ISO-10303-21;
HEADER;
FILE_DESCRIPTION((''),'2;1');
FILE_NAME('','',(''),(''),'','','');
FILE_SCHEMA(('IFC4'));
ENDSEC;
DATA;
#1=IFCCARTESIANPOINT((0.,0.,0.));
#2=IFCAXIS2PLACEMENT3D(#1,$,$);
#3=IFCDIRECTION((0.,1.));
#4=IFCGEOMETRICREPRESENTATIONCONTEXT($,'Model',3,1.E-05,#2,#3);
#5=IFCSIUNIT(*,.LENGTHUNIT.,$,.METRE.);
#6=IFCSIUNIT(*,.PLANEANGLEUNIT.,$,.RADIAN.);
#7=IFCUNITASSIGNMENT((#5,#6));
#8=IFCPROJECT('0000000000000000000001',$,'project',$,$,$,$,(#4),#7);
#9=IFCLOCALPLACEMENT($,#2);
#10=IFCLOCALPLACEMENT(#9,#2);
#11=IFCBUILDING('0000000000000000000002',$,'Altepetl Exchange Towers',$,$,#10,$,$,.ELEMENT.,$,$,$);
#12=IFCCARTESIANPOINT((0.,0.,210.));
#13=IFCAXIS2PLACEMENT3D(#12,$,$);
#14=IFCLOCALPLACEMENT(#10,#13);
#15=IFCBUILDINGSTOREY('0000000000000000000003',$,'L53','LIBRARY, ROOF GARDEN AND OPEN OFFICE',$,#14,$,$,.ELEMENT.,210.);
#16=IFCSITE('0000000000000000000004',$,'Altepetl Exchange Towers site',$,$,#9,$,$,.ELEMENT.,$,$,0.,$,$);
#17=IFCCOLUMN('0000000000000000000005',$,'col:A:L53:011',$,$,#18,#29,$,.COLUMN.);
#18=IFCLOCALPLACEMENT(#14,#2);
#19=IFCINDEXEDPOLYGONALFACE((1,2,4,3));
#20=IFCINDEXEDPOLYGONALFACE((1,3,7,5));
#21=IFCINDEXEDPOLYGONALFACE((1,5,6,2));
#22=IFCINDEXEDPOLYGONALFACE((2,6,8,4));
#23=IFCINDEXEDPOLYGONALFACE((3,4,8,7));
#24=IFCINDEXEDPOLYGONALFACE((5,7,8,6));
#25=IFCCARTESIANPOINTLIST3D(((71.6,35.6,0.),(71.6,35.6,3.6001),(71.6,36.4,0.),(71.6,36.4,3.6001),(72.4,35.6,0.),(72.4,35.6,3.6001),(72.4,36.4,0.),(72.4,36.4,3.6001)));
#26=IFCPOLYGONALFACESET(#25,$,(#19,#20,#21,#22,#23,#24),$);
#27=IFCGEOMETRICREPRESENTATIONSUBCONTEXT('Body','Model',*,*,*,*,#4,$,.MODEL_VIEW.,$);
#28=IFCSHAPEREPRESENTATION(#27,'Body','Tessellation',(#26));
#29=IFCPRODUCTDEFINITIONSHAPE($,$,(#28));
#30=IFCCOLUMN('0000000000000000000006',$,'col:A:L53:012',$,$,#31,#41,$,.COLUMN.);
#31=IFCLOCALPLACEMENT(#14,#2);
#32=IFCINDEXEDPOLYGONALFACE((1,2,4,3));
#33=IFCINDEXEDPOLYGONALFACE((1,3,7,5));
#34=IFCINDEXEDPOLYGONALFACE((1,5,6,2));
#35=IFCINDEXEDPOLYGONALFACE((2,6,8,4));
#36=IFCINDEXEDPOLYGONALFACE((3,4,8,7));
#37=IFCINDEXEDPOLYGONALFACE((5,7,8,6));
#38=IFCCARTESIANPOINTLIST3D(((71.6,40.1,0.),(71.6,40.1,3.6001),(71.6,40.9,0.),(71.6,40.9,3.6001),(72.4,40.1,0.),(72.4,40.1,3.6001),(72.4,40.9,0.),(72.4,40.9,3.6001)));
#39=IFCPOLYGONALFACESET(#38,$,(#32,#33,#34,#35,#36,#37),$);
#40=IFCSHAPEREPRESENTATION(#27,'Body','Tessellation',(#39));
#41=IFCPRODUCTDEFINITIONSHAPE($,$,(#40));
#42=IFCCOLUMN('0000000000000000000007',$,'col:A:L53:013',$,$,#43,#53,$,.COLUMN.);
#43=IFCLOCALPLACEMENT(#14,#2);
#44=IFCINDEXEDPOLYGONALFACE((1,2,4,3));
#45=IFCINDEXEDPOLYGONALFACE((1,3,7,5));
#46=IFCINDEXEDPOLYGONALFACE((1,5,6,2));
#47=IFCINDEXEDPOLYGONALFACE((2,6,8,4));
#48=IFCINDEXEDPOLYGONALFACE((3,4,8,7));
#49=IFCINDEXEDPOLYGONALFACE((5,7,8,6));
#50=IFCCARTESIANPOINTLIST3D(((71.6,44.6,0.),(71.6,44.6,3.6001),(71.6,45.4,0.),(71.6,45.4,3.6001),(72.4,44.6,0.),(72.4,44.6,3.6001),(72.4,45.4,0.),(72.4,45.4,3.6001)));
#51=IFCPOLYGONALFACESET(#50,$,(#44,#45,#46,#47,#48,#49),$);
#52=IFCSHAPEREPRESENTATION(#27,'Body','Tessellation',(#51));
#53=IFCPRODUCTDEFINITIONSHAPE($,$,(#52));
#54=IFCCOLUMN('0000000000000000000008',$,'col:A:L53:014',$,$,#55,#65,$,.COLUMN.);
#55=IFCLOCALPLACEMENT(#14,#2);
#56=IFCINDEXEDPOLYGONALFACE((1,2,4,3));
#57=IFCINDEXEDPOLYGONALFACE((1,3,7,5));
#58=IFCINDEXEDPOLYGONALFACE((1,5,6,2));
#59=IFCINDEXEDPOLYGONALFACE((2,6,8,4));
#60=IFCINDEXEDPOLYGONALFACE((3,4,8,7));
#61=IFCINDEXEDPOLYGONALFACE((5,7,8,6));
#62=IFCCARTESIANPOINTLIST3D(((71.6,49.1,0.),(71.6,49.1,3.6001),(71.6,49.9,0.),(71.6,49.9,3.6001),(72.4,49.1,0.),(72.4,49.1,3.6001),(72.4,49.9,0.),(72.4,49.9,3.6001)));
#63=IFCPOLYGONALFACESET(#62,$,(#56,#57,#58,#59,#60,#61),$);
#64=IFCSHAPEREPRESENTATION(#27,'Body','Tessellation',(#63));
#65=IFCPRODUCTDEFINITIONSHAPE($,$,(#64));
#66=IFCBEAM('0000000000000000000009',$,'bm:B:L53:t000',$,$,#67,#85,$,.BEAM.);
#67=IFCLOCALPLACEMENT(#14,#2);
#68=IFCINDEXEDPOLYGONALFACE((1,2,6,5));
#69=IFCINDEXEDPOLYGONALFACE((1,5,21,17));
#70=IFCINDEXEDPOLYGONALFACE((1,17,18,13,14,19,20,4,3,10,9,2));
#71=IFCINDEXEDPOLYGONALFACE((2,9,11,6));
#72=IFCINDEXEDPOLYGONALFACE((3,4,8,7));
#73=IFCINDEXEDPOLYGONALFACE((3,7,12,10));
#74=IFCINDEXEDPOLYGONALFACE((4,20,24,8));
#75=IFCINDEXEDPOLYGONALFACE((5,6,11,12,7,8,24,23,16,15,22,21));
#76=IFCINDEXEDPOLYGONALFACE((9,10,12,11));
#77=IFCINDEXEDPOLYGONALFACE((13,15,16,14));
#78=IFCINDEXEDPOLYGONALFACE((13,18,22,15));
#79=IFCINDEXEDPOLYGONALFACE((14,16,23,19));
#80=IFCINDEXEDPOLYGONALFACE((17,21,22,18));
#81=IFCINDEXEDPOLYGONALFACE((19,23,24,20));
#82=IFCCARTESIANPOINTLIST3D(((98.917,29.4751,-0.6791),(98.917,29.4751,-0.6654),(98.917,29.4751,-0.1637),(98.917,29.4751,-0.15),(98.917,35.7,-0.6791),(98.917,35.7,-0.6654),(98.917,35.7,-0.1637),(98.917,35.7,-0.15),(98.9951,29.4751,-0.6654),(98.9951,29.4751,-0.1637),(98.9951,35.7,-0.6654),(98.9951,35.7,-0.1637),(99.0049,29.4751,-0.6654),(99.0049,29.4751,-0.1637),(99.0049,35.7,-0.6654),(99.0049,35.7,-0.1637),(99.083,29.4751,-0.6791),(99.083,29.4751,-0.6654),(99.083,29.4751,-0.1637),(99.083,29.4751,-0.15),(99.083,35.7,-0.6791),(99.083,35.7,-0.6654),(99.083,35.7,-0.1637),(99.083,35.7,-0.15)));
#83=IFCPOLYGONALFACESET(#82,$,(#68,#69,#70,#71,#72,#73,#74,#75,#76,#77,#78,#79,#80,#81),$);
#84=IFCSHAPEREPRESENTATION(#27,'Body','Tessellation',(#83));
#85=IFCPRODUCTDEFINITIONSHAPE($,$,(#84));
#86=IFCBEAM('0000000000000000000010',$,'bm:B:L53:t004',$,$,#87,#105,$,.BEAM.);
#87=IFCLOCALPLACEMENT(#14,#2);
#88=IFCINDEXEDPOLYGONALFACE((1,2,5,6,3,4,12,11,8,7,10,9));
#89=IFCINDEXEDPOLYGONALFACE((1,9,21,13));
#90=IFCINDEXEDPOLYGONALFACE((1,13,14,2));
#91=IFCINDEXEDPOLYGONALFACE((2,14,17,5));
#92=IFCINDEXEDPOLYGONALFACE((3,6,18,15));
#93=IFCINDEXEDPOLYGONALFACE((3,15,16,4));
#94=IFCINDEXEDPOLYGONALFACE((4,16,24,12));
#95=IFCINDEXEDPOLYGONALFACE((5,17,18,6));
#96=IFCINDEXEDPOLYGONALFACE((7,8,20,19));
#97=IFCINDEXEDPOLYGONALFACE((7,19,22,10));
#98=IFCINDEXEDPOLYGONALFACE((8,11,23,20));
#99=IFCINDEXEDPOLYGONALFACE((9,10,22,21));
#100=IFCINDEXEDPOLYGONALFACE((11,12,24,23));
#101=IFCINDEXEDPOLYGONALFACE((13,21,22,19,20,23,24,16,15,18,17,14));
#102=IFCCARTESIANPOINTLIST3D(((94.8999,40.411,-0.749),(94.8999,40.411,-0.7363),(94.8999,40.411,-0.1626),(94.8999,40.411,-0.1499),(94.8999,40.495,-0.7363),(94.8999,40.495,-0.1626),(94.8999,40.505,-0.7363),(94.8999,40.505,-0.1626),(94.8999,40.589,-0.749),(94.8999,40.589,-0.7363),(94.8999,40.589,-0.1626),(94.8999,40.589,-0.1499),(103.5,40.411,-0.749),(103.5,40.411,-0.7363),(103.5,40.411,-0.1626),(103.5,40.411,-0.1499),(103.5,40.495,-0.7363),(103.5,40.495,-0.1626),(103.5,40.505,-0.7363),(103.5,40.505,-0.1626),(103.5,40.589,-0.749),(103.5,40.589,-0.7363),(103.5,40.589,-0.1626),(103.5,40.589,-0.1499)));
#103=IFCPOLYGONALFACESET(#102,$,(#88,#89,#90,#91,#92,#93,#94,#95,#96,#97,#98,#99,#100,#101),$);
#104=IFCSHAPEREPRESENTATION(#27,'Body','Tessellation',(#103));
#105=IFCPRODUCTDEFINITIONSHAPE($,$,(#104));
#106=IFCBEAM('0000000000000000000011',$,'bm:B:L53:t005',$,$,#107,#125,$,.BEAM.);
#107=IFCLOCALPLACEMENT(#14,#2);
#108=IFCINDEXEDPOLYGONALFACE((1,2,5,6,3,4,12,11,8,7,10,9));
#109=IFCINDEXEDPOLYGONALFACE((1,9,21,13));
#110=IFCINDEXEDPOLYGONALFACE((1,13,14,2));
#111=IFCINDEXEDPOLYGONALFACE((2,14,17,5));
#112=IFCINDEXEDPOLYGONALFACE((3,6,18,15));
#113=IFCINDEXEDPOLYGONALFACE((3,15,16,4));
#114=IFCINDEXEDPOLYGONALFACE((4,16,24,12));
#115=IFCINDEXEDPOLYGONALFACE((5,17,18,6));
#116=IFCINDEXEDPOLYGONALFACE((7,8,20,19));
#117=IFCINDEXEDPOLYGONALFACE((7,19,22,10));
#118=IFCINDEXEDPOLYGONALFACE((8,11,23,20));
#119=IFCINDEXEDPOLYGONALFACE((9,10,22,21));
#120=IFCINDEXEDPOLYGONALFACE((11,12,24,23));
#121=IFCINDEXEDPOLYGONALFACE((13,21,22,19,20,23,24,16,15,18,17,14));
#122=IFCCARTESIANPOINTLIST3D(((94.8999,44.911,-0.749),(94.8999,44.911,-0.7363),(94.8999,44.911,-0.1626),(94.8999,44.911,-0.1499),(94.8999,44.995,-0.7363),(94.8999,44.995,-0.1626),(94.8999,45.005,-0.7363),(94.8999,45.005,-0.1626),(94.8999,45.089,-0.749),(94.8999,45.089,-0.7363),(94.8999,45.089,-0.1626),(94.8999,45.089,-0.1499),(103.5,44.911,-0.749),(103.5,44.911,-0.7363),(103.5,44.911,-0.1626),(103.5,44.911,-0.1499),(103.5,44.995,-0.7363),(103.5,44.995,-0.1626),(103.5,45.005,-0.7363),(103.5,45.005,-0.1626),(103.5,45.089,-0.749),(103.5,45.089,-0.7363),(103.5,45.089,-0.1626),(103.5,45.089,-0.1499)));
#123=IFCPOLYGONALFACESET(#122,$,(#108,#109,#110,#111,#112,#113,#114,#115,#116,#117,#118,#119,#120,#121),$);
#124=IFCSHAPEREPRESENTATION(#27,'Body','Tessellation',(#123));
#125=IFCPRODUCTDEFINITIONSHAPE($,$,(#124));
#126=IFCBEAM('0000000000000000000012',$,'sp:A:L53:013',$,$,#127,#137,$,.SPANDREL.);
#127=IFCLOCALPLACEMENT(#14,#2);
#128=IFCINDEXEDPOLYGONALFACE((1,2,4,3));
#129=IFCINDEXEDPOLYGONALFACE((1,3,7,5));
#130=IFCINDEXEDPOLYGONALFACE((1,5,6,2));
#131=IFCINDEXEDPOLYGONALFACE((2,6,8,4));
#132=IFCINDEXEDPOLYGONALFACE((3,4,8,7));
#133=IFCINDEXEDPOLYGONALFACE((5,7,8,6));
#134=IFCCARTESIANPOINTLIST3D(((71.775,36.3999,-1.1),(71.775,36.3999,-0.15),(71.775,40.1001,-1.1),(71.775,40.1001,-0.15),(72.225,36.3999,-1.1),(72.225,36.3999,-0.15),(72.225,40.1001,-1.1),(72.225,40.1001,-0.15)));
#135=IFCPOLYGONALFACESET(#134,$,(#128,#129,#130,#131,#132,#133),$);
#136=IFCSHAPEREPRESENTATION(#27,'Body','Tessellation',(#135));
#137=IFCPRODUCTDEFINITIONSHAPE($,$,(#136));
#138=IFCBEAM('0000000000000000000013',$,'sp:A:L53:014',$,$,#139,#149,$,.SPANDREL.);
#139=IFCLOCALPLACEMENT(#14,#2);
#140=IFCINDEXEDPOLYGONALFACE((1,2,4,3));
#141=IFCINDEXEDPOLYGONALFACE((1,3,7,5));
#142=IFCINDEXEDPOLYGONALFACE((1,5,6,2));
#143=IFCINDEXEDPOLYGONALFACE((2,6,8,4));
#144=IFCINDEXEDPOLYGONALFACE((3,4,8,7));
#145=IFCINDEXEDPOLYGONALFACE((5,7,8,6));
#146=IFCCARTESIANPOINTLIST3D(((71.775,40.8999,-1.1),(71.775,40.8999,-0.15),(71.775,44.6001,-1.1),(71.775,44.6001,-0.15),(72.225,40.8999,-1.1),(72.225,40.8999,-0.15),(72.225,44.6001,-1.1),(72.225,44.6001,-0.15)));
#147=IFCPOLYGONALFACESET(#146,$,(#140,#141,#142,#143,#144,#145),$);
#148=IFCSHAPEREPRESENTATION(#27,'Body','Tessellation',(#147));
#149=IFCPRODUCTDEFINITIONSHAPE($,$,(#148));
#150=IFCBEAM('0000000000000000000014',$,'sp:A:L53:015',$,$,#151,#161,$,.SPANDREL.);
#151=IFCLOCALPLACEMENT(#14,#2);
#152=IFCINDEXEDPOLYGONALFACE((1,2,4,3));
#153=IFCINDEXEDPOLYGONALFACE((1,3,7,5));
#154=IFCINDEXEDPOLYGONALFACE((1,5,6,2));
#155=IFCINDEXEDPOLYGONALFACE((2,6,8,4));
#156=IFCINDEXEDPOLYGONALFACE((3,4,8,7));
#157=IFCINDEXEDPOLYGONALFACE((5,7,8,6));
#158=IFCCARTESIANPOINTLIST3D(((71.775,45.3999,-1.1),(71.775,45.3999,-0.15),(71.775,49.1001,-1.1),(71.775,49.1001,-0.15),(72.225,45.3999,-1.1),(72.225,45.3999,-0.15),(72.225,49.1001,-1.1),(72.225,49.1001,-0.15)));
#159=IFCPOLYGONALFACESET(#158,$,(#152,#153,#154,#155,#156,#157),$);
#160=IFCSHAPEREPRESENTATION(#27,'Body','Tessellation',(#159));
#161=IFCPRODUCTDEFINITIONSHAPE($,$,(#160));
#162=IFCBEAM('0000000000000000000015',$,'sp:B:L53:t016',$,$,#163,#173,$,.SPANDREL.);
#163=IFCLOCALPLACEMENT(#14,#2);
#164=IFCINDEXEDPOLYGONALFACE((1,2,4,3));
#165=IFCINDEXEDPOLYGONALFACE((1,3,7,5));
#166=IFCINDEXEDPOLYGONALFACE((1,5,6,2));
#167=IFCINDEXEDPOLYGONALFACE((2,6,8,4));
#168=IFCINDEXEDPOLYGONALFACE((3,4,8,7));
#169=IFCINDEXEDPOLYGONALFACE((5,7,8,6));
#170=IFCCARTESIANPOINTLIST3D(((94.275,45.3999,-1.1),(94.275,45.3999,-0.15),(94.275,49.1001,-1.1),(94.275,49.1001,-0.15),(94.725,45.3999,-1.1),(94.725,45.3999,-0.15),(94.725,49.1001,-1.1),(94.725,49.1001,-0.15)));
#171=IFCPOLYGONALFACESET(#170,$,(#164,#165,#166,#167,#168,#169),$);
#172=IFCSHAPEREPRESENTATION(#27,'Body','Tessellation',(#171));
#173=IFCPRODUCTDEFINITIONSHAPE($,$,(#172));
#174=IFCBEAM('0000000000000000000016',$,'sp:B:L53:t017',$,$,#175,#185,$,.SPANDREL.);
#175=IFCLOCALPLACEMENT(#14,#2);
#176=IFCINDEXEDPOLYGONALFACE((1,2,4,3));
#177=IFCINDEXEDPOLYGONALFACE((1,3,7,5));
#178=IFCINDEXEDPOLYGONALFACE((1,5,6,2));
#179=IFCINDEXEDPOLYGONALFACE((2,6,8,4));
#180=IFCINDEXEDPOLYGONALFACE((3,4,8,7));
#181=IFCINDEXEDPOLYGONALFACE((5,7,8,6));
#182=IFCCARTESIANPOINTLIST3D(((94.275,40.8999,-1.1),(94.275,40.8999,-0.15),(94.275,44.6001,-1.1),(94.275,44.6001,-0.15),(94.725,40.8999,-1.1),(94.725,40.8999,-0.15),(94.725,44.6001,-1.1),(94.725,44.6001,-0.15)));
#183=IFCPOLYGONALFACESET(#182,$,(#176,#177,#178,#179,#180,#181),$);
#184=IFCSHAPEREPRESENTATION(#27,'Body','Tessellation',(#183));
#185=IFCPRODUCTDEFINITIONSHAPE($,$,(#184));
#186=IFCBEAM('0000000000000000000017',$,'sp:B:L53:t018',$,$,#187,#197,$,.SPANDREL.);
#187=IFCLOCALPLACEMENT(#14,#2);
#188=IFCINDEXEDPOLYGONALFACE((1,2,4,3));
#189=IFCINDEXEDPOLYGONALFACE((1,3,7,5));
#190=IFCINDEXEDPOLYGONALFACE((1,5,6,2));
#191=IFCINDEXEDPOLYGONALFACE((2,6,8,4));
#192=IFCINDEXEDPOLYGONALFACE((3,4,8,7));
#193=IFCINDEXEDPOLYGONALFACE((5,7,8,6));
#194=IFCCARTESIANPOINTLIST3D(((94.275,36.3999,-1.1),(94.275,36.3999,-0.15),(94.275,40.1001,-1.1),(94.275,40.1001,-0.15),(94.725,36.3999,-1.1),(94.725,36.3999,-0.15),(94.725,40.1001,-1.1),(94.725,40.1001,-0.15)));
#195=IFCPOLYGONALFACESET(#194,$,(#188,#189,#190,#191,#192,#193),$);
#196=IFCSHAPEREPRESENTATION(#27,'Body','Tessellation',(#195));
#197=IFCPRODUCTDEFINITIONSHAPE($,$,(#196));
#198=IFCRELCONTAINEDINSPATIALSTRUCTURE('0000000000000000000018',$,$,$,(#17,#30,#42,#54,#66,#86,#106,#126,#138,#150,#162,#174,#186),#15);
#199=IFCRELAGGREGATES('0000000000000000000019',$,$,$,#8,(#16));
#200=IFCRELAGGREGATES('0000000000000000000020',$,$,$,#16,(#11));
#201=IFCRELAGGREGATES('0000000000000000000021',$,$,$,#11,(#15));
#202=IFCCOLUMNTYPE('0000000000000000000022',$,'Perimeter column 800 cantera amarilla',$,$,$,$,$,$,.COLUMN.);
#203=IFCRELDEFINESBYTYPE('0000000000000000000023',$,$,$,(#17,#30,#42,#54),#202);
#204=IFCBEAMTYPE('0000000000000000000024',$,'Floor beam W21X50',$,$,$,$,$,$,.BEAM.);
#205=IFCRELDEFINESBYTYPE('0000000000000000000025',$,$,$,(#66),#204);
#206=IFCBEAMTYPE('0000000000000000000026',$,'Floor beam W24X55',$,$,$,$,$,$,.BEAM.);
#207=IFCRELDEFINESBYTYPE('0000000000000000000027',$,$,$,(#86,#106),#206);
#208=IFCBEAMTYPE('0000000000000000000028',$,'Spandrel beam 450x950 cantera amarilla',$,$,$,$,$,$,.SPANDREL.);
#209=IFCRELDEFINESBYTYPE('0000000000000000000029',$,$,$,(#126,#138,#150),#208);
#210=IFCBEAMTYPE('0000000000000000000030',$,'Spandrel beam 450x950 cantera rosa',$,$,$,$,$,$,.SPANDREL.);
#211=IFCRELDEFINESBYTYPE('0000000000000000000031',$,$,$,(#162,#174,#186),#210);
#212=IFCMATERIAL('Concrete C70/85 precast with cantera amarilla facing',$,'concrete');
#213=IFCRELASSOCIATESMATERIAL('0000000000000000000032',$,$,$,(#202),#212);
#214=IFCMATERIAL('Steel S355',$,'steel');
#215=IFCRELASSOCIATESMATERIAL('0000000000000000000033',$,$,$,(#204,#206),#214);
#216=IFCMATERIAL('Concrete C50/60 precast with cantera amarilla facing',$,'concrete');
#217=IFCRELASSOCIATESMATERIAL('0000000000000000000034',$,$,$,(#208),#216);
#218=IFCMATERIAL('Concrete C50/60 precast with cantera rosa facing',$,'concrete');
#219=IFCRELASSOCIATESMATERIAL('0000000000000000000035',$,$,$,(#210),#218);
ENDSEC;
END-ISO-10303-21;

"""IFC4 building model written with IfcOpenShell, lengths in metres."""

from ifc_helpers import new_model, si_unit, direction, frame, origin, origin_2d, place, context, subcontext, project, spatial, rectangle, i_section, extrude, material, material_profile, profile_set, type_object, element, save


model = new_model("IFC4")

# Units and contexts
model_context = context("Model", 3, precision=1e-05, world=origin(), true_north=direction((0.0, 1.0)))
body_context = subcontext(model_context, "Body", "Model", "MODEL_VIEW")
ifc_project = project(units=[si_unit("LENGTHUNIT", "METRE"), si_unit("PLANEANGLEUNIT", "RADIAN")], contexts=[model_context])

# Site, building, storey
site_placement = place(None, origin())
site = spatial("IfcSite", under=ifc_project, at=site_placement, Name="Altepetl Exchange Towers site", CompositionType="ELEMENT", RefElevation=0.0)
building_placement = place(site_placement, origin())
building = spatial("IfcBuilding", under=site, at=building_placement, Name="Altepetl Exchange Towers", CompositionType="ELEMENT")
storey_placement = place(building_placement, frame((0.0, 0.0, 210.0)))
storey = spatial("IfcBuildingStorey", under=building, at=storey_placement, Name="L53", Description="LIBRARY, ROOF GARDEN AND OPEN OFFICE", CompositionType="ELEMENT", Elevation=210.0)

# Columns
ifc_material_1 = material(Name="Concrete C70/85 precast with cantera amarilla facing", Category="concrete")
ifc_material_profile_1 = material_profile(ifc_material_1, rectangle(XDim=0.8, YDim=0.8, at=origin_2d()), Name="800 x 800")
ifc_profile_set_1 = profile_set([ifc_material_profile_1], Name="Concrete C70/85 precast with cantera amarilla facing")
column_type = type_object("IfcColumnType", Name="Perimeter column 800 cantera amarilla", PredefinedType="COLUMN", material=ifc_profile_set_1)
for number, where, name in (
    (1, (72.0, 36.0, 0.0), "col:A:L53:011"),
    (2, (72.0, 40.5, 0.0), "col:A:L53:012"),
    (3, (72.0, 45.0, 0.0), "col:A:L53:013"),
    (4, (72.0, 49.5, 0.0), "col:A:L53:014"),
):
    element("IfcColumn", number, at=place(storey_placement, frame(where)), inside=storey, type_object=column_type, Name=name, PredefinedType="COLUMN", context=body_context, shape_type="SweptSolid", body=[
        extrude(rectangle(XDim=0.8, YDim=0.8, at=origin_2d()), origin(), (0.0, 0.0, 1.0), 3.6001),
    ])

# Beams
ifc_material_2 = material(Name="Steel S355", Category="steel")
ifc_material_profile_2 = material_profile(ifc_material_2, i_section(OverallWidth=0.166, OverallDepth=0.5291, WebThickness=0.0098, FlangeThickness=0.0137, at=origin_2d()), Name="W21X50")
ifc_profile_set_2 = profile_set([ifc_material_profile_2], Name="Steel S355")
beam_type_1 = type_object("IfcBeamType", Name="Floor beam W21X50", PredefinedType="BEAM", material=ifc_profile_set_2)
beam_1_placement = place(storey_placement, frame((99.0, 29.4751, -0.4146), z_axis=(0.0, 1.0, 0.0), x_axis=(-1.0, 0.0, 0.0)))
element("IfcBeam", 5, at=beam_1_placement, inside=storey, type_object=beam_type_1, Name="bm:B:L53:t000", PredefinedType="BEAM", context=body_context, shape_type="SweptSolid", body=[
    extrude(i_section(OverallWidth=0.166, OverallDepth=0.5291, WebThickness=0.0098, FlangeThickness=0.0137, at=origin_2d()), origin(), (0.0, 0.0, 1.0), 6.2249),
])
ifc_material_profile_3 = material_profile(ifc_material_2, i_section(OverallWidth=0.178, OverallDepth=0.5991, WebThickness=0.01, FlangeThickness=0.0127, at=origin_2d()), Name="W24X55")
ifc_profile_set_3 = profile_set([ifc_material_profile_3], Name="Steel S355")
beam_type_2 = type_object("IfcBeamType", Name="Floor beam W24X55", PredefinedType="BEAM", material=ifc_profile_set_3)
for number, where, z_axis, x_axis, name in (
    (6, (94.8999, 40.5, -0.4495), (1.0, 0.0, 0.0), (0.0, 1.0, 0.0), "bm:B:L53:t004"),
    (7, (94.8999, 45.0, -0.4495), (1.0, 0.0, 0.0), (0.0, 1.0, 0.0), "bm:B:L53:t005"),
):
    element("IfcBeam", number, at=place(storey_placement, frame(where, z_axis=z_axis, x_axis=x_axis)), inside=storey, type_object=beam_type_2, Name=name, PredefinedType="BEAM", context=body_context, shape_type="SweptSolid", body=[
        extrude(i_section(OverallWidth=0.178, OverallDepth=0.5991, WebThickness=0.01, FlangeThickness=0.0127, at=origin_2d()), origin(), (0.0, 0.0, 1.0), 8.6001),
    ])
ifc_material_3 = material(Name="Concrete C50/60 precast with cantera amarilla facing", Category="concrete")
ifc_material_profile_4 = material_profile(ifc_material_3, rectangle(XDim=0.45, YDim=0.95, at=origin_2d()), Name="450 x 950")
ifc_profile_set_4 = profile_set([ifc_material_profile_4], Name="Concrete C50/60 precast with cantera amarilla facing")
beam_type_3 = type_object("IfcBeamType", Name="Spandrel beam 450x950 cantera amarilla", PredefinedType="SPANDREL", material=ifc_profile_set_4)
for number, where, z_axis, x_axis, name in (
    (8, (72.0, 36.3999, -0.625), (0.0, 1.0, 0.0), (-1.0, 0.0, 0.0), "sp:A:L53:013"),
    (9, (72.0, 40.8999, -0.625), (0.0, 1.0, 0.0), (-1.0, 0.0, 0.0), "sp:A:L53:014"),
    (10, (72.0, 45.3999, -0.625), (0.0, 1.0, 0.0), (-1.0, 0.0, 0.0), "sp:A:L53:015"),
):
    element("IfcBeam", number, at=place(storey_placement, frame(where, z_axis=z_axis, x_axis=x_axis)), inside=storey, type_object=beam_type_3, Name=name, PredefinedType="SPANDREL", context=body_context, shape_type="SweptSolid", body=[
        extrude(rectangle(XDim=0.45, YDim=0.95, at=origin_2d()), origin(), (0.0, 0.0, 1.0), 3.7002),
    ])
ifc_material_4 = material(Name="Concrete C50/60 precast with cantera rosa facing", Category="concrete")
ifc_material_profile_5 = material_profile(ifc_material_4, rectangle(XDim=0.45, YDim=0.95, at=origin_2d()), Name="450 x 950")
ifc_profile_set_5 = profile_set([ifc_material_profile_5], Name="Concrete C50/60 precast with cantera rosa facing")
beam_type_4 = type_object("IfcBeamType", Name="Spandrel beam 450x950 cantera rosa", PredefinedType="SPANDREL", material=ifc_profile_set_5)
for number, where, z_axis, x_axis, name in (
    (11, (94.5, 49.1001, -0.625), (0.0, -1.0, 0.0), (1.0, 0.0, 0.0), "sp:B:L53:t016"),
    (12, (94.5, 44.6001, -0.625), (0.0, -1.0, 0.0), (1.0, 0.0, 0.0), "sp:B:L53:t017"),
    (13, (94.5, 40.1001, -0.625), (0.0, -1.0, 0.0), (1.0, 0.0, 0.0), "sp:B:L53:t018"),
):
    element("IfcBeam", number, at=place(storey_placement, frame(where, z_axis=z_axis, x_axis=x_axis)), inside=storey, type_object=beam_type_4, Name=name, PredefinedType="SPANDREL", context=body_context, shape_type="SweptSolid", body=[
        extrude(rectangle(XDim=0.45, YDim=0.95, at=origin_2d()), origin(), (0.0, 0.0, 1.0), 3.7002),
    ])

save(model, "model.ifc")
